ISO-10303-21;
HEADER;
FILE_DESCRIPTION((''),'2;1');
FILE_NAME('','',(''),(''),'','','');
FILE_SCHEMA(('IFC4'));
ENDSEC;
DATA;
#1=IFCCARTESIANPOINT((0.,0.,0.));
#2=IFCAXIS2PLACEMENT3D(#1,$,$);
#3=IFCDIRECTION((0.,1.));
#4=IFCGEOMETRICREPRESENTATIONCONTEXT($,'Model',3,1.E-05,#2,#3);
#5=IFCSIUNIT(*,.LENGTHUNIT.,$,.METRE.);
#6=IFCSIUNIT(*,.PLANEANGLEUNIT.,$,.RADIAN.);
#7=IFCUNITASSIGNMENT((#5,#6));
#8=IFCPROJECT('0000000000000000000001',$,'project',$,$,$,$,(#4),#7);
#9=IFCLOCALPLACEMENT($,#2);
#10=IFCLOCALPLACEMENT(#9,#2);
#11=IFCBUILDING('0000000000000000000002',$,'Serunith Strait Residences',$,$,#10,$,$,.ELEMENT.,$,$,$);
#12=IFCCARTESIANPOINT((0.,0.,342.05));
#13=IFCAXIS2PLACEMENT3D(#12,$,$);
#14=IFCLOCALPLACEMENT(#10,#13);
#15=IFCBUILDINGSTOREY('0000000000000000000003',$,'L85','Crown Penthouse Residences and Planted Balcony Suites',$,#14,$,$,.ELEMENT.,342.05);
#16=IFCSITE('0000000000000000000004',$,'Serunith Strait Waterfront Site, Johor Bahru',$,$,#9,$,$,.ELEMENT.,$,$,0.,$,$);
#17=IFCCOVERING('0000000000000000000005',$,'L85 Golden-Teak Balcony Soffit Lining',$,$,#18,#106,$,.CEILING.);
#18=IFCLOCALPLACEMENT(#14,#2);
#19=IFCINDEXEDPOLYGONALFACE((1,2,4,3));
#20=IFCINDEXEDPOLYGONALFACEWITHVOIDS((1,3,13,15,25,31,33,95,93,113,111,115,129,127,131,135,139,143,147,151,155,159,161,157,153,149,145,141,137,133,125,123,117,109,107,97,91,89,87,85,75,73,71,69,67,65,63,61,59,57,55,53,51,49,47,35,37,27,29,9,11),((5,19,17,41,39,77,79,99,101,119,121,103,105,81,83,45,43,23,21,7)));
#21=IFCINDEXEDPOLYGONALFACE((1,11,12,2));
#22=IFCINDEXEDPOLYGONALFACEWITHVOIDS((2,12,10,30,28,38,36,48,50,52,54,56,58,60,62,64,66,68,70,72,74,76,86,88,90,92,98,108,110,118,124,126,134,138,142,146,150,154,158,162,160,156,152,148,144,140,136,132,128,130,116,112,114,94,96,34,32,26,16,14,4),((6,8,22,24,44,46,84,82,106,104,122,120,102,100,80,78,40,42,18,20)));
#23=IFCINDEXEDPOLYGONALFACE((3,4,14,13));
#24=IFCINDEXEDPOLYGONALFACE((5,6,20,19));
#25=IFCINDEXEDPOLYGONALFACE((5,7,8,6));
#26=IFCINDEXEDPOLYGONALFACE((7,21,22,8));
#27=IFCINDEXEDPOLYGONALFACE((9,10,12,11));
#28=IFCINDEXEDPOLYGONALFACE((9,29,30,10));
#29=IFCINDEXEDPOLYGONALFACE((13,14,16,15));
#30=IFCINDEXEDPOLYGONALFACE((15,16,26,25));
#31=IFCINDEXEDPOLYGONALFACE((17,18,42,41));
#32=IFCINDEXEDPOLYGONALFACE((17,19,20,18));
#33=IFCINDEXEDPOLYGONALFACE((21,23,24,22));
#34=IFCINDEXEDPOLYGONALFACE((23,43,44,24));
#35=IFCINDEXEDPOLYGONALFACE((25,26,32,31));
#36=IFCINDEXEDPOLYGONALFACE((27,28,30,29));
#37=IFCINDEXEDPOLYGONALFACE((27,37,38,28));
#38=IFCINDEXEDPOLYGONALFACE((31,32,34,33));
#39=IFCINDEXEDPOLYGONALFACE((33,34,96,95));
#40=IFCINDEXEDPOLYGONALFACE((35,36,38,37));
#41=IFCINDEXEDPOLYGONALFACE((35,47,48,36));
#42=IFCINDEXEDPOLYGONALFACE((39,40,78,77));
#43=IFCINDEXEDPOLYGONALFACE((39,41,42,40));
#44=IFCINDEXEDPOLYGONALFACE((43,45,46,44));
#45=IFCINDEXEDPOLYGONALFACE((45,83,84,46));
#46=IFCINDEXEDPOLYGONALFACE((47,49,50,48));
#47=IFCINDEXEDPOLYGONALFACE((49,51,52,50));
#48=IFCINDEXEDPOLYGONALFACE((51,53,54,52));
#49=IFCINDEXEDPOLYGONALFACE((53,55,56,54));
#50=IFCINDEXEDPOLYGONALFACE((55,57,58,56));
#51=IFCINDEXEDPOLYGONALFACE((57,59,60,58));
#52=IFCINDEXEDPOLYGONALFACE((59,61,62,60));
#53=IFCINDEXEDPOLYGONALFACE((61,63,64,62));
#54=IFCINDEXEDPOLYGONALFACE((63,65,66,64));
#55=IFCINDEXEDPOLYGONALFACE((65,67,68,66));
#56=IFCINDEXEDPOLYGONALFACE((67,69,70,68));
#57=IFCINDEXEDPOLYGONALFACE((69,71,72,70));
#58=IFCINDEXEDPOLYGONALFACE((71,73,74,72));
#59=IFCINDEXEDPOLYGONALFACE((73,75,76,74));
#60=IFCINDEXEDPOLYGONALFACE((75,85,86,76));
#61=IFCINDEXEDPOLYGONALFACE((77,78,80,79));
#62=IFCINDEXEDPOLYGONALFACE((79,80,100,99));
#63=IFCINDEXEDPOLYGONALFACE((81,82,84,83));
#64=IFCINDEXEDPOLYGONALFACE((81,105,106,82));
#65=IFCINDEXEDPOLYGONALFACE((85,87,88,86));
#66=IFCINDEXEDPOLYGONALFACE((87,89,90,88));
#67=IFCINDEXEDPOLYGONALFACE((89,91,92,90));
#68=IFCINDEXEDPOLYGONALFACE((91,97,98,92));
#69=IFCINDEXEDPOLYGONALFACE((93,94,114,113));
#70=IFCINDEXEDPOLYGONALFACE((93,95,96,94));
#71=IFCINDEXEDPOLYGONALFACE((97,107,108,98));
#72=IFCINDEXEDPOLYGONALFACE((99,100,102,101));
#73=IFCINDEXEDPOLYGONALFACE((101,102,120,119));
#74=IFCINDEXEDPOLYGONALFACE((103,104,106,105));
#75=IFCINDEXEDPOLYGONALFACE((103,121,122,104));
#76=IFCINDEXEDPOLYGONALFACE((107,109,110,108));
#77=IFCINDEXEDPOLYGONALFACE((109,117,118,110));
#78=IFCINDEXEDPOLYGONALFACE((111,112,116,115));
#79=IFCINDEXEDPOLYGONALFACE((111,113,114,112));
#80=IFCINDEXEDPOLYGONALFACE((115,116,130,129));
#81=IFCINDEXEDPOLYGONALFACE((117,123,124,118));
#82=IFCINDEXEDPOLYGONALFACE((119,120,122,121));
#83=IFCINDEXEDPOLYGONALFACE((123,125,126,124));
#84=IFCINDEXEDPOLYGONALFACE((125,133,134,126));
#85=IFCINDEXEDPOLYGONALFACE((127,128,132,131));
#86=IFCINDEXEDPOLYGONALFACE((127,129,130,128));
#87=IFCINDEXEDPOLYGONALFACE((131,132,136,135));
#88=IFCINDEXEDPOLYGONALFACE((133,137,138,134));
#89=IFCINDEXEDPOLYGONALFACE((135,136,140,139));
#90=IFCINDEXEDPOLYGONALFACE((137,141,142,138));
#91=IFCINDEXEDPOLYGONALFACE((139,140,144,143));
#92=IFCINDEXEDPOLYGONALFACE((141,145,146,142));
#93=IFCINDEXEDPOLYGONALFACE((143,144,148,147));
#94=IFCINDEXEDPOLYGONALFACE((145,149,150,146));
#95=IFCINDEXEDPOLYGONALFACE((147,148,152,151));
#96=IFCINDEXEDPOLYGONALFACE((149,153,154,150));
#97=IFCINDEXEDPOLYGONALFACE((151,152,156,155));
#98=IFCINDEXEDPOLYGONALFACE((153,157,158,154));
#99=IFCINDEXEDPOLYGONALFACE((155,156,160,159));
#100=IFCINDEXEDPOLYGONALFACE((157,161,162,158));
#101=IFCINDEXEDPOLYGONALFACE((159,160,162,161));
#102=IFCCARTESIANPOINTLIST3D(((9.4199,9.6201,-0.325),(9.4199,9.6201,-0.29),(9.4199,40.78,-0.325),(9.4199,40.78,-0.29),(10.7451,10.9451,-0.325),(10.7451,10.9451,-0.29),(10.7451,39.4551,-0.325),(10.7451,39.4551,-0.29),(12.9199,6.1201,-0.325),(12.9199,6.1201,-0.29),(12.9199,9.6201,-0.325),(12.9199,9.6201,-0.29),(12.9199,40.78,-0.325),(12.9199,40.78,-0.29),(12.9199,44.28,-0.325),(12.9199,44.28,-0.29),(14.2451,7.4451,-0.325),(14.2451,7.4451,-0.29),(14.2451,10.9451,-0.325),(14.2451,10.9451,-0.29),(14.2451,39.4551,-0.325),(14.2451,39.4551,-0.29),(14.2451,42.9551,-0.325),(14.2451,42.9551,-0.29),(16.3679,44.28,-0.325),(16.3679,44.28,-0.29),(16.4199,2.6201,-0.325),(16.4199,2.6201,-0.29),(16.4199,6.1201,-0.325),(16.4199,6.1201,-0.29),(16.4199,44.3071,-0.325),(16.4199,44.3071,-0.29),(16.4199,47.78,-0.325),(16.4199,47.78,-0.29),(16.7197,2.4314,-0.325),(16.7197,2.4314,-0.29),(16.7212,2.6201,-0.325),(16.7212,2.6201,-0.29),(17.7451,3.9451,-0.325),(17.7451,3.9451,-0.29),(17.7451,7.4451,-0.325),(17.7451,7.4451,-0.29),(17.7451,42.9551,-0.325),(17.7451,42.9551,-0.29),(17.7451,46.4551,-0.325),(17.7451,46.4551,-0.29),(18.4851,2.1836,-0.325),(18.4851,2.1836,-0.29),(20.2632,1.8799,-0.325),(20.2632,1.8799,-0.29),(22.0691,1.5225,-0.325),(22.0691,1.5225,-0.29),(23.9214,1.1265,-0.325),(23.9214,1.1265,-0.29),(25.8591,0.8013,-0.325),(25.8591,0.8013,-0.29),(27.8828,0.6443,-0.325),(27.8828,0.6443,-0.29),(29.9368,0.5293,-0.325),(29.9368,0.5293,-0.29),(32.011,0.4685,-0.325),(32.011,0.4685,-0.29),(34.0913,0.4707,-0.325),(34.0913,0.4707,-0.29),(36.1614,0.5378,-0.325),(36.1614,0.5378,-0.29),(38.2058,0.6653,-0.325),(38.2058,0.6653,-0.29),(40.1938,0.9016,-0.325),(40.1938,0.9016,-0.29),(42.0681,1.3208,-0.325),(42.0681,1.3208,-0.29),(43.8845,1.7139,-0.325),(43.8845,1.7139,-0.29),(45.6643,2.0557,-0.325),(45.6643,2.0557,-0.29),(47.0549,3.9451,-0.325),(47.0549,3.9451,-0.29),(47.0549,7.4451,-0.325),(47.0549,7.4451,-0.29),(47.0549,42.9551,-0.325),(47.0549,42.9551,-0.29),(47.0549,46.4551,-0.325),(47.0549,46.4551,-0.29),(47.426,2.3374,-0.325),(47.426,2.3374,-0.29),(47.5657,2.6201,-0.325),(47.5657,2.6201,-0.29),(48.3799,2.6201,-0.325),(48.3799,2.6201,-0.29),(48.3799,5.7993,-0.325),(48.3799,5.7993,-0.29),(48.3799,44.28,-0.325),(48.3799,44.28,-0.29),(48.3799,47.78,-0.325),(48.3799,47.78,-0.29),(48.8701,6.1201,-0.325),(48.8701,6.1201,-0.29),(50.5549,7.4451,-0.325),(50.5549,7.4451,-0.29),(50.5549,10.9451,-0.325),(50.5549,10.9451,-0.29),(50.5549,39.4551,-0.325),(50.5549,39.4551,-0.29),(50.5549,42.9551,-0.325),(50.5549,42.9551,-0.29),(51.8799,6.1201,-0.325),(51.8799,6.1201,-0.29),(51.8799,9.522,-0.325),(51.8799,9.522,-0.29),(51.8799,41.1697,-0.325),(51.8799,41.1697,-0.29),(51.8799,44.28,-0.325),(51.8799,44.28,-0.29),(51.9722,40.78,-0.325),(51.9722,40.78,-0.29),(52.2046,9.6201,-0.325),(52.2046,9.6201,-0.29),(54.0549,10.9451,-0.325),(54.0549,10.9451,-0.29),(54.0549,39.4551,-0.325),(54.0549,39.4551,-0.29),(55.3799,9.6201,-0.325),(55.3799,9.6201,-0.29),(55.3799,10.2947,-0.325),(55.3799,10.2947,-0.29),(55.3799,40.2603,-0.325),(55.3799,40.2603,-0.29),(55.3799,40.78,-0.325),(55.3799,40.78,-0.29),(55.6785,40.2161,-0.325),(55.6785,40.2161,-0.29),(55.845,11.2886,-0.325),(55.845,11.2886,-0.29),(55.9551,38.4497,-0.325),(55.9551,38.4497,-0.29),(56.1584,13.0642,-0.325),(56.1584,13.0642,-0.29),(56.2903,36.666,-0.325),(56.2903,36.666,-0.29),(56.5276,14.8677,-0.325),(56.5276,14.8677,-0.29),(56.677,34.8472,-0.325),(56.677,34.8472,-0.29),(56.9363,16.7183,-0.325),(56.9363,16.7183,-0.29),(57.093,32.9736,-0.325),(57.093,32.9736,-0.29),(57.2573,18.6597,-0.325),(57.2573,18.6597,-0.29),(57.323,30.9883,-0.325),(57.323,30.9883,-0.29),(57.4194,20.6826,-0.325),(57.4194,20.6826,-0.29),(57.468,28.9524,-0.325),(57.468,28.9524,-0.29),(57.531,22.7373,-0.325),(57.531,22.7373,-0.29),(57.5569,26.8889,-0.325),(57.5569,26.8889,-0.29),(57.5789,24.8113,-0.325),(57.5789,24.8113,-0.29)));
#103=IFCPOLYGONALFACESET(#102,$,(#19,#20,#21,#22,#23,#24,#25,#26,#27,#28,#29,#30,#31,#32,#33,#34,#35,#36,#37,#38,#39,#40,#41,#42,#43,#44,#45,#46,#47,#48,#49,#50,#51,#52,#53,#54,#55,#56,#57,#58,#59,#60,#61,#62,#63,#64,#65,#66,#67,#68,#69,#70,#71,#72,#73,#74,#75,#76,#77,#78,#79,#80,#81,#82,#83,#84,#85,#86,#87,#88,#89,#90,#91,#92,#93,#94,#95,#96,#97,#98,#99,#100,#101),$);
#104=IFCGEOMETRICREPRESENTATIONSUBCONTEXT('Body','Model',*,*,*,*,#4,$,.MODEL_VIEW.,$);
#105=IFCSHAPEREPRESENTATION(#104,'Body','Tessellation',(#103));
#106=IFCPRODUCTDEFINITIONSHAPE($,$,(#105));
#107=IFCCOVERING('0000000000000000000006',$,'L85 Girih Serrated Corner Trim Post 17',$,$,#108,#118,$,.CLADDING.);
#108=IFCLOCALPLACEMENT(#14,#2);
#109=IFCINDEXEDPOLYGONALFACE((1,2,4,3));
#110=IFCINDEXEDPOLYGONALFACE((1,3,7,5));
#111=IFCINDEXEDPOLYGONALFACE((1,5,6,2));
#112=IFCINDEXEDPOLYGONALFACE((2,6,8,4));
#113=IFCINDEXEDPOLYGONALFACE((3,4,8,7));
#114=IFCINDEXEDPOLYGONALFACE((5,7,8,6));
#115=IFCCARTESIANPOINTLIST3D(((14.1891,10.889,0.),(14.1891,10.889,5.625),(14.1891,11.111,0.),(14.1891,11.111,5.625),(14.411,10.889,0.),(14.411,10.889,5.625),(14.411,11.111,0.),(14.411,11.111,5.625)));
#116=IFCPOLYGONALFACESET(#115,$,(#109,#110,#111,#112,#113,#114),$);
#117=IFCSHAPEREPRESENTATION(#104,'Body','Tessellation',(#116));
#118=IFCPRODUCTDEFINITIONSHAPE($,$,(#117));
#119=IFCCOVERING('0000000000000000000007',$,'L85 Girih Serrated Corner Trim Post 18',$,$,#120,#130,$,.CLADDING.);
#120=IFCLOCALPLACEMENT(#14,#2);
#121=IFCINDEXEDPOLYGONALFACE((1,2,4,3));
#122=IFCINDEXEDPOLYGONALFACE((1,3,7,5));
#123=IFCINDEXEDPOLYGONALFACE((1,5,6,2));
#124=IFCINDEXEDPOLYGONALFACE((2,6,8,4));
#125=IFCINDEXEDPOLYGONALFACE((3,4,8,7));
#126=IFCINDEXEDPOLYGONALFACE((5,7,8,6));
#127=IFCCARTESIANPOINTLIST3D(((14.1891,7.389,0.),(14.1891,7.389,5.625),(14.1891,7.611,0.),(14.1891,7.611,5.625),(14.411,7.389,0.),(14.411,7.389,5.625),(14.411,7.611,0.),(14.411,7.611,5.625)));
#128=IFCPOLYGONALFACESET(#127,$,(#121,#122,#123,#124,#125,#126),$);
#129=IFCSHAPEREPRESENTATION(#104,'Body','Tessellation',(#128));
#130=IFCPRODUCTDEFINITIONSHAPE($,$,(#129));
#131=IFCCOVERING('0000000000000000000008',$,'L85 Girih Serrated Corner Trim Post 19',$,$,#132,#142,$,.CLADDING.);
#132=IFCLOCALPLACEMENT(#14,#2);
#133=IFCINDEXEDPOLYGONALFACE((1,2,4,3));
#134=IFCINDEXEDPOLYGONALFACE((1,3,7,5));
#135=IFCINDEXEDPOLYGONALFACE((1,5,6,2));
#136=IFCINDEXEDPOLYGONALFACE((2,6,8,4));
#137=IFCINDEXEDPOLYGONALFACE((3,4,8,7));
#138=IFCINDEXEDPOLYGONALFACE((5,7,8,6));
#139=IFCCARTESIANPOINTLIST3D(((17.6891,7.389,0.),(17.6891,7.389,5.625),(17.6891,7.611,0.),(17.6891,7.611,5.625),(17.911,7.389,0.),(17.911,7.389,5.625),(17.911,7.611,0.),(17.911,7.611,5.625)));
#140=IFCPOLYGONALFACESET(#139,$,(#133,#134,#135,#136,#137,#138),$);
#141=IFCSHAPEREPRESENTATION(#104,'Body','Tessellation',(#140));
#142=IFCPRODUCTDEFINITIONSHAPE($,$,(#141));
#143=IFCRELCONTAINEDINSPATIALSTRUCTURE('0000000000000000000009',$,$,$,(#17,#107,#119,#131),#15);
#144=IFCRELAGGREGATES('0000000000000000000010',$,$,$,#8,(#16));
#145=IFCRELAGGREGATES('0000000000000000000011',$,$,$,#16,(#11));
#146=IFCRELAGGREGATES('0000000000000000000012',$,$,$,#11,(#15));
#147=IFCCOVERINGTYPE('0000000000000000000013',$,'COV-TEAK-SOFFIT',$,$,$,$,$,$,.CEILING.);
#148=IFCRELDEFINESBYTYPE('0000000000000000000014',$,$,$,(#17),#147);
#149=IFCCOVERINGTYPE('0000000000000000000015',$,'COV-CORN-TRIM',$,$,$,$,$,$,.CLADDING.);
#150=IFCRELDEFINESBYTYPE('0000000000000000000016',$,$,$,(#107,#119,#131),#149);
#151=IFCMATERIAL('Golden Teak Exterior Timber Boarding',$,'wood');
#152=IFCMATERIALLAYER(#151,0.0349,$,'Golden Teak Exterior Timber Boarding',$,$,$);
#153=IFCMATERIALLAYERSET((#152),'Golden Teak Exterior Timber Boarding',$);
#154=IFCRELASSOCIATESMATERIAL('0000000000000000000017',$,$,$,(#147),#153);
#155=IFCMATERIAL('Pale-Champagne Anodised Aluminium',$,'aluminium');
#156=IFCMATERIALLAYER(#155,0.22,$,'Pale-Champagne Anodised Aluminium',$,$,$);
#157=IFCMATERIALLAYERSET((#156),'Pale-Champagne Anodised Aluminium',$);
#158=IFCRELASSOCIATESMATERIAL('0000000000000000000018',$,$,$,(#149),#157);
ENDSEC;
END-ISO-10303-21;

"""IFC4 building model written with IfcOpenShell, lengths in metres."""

from ifc_helpers import new_model, si_unit, direction, frame, origin, origin_2d, place, context, subcontext, project, spatial, polyline, rectangle, outline, extrude, source, transform, mapped, material, layer, layer_set, type_object, element, save


model = new_model("IFC4")

# Units and contexts
model_context = context("Model", 3, precision=1e-05, world=origin(), true_north=direction((0.0, 1.0)))
body_context = subcontext(model_context, "Body", "Model", "MODEL_VIEW")
ifc_project = project(units=[si_unit("LENGTHUNIT", "METRE"), si_unit("PLANEANGLEUNIT", "RADIAN")], contexts=[model_context])

# Site, building, storey
site_placement = place(None, origin())
site = spatial("IfcSite", under=ifc_project, at=site_placement, Name="Serunith Strait Waterfront Site, Johor Bahru", CompositionType="ELEMENT", RefElevation=0.0)
building_placement = place(site_placement, origin())
building = spatial("IfcBuilding", under=site, at=building_placement, Name="Serunith Strait Residences", CompositionType="ELEMENT")
storey_placement = place(building_placement, frame((0.0, 0.0, 342.05)))
storey = spatial("IfcBuildingStorey", under=building, at=storey_placement, Name="L85", Description="Crown Penthouse Residences and Planted Balcony Suites", CompositionType="ELEMENT", Elevation=342.05)

# Covering
ifc_material_1 = material(Name="Golden Teak Exterior Timber Boarding", Category="wood")
ifc_layer_1 = layer(ifc_material_1, 0.0349, Name="Golden Teak Exterior Timber Boarding")
ifc_layer_set_1 = layer_set([ifc_layer_1], Name="Golden Teak Exterior Timber Boarding")
covering_type_1 = type_object("IfcCoveringType", Name="COV-TEAK-SOFFIT", PredefinedType="CEILING", material=ifc_layer_set_1)
covering_placement = place(storey_placement, frame((0.0, 0.0, -0.325)))
element("IfcCovering", 1, at=covering_placement, inside=storey, type_object=covering_type_1, Name="L85 Golden-Teak Balcony Soffit Lining", PredefinedType="CEILING", context=body_context, shape_type="SweptSolid", body=[
    extrude(outline(polyline([(16.4199, 2.6201), (16.4199, 6.1201), (12.9199, 6.1201), (12.9199, 9.6201), (9.4199, 9.6201), (9.4199, 40.78), (12.9199, 40.78), (12.9199, 44.28), (16.3679, 44.28), (16.4199, 44.3071), (16.4199, 47.78), (48.3799, 47.78), (48.3799, 44.28), (51.8799, 44.28), (51.8799, 41.1697), (51.9722, 40.78), (55.3799, 40.78), (55.3799, 40.2603), (55.6785, 40.2161), (55.9551, 38.4497), (56.2903, 36.666), (56.677, 34.8472), (57.093, 32.9736), (57.323, 30.9883), (57.468, 28.9524), (57.5569, 26.8889), (57.5789, 24.8113), (57.531, 22.7373), (57.4194, 20.6826), (57.2573, 18.6597), (56.9363, 16.7183), (56.5276, 14.8677), (56.1584, 13.0642), (55.845, 11.2886), (55.3799, 10.2947), (55.3799, 9.6201), (52.2046, 9.6201), (51.8799, 9.522), (51.8799, 6.1201), (48.8701, 6.1201), (48.3799, 5.7993), (48.3799, 2.6201), (47.5657, 2.6201), (47.426, 2.3374), (45.6643, 2.0557), (43.8845, 1.7139), (42.0681, 1.3208), (40.1938, 0.9016), (38.2058, 0.6653), (36.1614, 0.5378), (34.0913, 0.4707), (32.011, 0.4685), (29.9368, 0.5293), (27.8828, 0.6443), (25.8591, 0.8013), (23.9214, 1.1265), (22.0691, 1.5225), (20.2632, 1.8799), (18.4851, 2.1836), (16.7197, 2.4314), (16.7212, 2.6201), (16.4199, 2.6201)]), holes=[polyline([(47.0549, 3.9451), (47.0549, 7.4451), (50.5549, 7.4451), (50.5549, 10.9451), (54.0549, 10.9451), (54.0549, 39.4551), (50.5549, 39.4551), (50.5549, 42.9551), (47.0549, 42.9551), (47.0549, 46.4551), (17.7451, 46.4551), (17.7451, 42.9551), (14.2451, 42.9551), (14.2451, 39.4551), (10.7451, 39.4551), (10.7451, 10.9451), (14.2451, 10.9451), (14.2451, 7.4451), (17.7451, 7.4451), (17.7451, 3.9451), (47.0549, 3.9451)])]), origin(), (0.0, 0.0, 1.0), 0.0349),
])

# Coverings
ifc_material_2 = material(Name="Pale-Champagne Anodised Aluminium", Category="aluminium")
ifc_layer_2 = layer(ifc_material_2, 0.22, Name="Pale-Champagne Anodised Aluminium")
ifc_layer_set_2 = layer_set([ifc_layer_2], Name="Pale-Champagne Anodised Aluminium")
covering_type_2 = type_object("IfcCoveringType", Name="COV-CORN-TRIM", PredefinedType="CLADDING", material=ifc_layer_set_2)
shared_shape_1 = source(origin(), body_context, "Body", "SweptSolid", [
    extrude(rectangle(XDim=0.2219, YDim=0.2219, at=origin_2d()), origin(), (0.0, 0.0, 1.0), 5.625),
])
for number, where, z_axis, x_axis, name in (
    (2, (14.3, 11.0, 0.0), (0.0, 0.0, 1.0), (1.0, 0.0, 0.0), "L85 Girih Serrated Corner Trim Post 17"),
    (3, (14.3, 7.5, 0.0), (0.0, 0.0, 1.0), (1.0, 0.0, 0.0), "L85 Girih Serrated Corner Trim Post 18"),
    (4, (17.8, 7.5, 0.0), (0.0, 0.0, 1.0), (1.0, 0.0, 0.0), "L85 Girih Serrated Corner Trim Post 19"),
):
    element("IfcCovering", number, at=place(storey_placement, frame(where, z_axis=z_axis, x_axis=x_axis)), inside=storey, type_object=covering_type_2, Name=name, PredefinedType="CLADDING", context=body_context, shape_type="MappedRepresentation", body=[
        mapped(shared_shape_1, transform((0.0, 0.0, 0.0), scale=1.0)),
    ])

save(model, "model.ifc")
